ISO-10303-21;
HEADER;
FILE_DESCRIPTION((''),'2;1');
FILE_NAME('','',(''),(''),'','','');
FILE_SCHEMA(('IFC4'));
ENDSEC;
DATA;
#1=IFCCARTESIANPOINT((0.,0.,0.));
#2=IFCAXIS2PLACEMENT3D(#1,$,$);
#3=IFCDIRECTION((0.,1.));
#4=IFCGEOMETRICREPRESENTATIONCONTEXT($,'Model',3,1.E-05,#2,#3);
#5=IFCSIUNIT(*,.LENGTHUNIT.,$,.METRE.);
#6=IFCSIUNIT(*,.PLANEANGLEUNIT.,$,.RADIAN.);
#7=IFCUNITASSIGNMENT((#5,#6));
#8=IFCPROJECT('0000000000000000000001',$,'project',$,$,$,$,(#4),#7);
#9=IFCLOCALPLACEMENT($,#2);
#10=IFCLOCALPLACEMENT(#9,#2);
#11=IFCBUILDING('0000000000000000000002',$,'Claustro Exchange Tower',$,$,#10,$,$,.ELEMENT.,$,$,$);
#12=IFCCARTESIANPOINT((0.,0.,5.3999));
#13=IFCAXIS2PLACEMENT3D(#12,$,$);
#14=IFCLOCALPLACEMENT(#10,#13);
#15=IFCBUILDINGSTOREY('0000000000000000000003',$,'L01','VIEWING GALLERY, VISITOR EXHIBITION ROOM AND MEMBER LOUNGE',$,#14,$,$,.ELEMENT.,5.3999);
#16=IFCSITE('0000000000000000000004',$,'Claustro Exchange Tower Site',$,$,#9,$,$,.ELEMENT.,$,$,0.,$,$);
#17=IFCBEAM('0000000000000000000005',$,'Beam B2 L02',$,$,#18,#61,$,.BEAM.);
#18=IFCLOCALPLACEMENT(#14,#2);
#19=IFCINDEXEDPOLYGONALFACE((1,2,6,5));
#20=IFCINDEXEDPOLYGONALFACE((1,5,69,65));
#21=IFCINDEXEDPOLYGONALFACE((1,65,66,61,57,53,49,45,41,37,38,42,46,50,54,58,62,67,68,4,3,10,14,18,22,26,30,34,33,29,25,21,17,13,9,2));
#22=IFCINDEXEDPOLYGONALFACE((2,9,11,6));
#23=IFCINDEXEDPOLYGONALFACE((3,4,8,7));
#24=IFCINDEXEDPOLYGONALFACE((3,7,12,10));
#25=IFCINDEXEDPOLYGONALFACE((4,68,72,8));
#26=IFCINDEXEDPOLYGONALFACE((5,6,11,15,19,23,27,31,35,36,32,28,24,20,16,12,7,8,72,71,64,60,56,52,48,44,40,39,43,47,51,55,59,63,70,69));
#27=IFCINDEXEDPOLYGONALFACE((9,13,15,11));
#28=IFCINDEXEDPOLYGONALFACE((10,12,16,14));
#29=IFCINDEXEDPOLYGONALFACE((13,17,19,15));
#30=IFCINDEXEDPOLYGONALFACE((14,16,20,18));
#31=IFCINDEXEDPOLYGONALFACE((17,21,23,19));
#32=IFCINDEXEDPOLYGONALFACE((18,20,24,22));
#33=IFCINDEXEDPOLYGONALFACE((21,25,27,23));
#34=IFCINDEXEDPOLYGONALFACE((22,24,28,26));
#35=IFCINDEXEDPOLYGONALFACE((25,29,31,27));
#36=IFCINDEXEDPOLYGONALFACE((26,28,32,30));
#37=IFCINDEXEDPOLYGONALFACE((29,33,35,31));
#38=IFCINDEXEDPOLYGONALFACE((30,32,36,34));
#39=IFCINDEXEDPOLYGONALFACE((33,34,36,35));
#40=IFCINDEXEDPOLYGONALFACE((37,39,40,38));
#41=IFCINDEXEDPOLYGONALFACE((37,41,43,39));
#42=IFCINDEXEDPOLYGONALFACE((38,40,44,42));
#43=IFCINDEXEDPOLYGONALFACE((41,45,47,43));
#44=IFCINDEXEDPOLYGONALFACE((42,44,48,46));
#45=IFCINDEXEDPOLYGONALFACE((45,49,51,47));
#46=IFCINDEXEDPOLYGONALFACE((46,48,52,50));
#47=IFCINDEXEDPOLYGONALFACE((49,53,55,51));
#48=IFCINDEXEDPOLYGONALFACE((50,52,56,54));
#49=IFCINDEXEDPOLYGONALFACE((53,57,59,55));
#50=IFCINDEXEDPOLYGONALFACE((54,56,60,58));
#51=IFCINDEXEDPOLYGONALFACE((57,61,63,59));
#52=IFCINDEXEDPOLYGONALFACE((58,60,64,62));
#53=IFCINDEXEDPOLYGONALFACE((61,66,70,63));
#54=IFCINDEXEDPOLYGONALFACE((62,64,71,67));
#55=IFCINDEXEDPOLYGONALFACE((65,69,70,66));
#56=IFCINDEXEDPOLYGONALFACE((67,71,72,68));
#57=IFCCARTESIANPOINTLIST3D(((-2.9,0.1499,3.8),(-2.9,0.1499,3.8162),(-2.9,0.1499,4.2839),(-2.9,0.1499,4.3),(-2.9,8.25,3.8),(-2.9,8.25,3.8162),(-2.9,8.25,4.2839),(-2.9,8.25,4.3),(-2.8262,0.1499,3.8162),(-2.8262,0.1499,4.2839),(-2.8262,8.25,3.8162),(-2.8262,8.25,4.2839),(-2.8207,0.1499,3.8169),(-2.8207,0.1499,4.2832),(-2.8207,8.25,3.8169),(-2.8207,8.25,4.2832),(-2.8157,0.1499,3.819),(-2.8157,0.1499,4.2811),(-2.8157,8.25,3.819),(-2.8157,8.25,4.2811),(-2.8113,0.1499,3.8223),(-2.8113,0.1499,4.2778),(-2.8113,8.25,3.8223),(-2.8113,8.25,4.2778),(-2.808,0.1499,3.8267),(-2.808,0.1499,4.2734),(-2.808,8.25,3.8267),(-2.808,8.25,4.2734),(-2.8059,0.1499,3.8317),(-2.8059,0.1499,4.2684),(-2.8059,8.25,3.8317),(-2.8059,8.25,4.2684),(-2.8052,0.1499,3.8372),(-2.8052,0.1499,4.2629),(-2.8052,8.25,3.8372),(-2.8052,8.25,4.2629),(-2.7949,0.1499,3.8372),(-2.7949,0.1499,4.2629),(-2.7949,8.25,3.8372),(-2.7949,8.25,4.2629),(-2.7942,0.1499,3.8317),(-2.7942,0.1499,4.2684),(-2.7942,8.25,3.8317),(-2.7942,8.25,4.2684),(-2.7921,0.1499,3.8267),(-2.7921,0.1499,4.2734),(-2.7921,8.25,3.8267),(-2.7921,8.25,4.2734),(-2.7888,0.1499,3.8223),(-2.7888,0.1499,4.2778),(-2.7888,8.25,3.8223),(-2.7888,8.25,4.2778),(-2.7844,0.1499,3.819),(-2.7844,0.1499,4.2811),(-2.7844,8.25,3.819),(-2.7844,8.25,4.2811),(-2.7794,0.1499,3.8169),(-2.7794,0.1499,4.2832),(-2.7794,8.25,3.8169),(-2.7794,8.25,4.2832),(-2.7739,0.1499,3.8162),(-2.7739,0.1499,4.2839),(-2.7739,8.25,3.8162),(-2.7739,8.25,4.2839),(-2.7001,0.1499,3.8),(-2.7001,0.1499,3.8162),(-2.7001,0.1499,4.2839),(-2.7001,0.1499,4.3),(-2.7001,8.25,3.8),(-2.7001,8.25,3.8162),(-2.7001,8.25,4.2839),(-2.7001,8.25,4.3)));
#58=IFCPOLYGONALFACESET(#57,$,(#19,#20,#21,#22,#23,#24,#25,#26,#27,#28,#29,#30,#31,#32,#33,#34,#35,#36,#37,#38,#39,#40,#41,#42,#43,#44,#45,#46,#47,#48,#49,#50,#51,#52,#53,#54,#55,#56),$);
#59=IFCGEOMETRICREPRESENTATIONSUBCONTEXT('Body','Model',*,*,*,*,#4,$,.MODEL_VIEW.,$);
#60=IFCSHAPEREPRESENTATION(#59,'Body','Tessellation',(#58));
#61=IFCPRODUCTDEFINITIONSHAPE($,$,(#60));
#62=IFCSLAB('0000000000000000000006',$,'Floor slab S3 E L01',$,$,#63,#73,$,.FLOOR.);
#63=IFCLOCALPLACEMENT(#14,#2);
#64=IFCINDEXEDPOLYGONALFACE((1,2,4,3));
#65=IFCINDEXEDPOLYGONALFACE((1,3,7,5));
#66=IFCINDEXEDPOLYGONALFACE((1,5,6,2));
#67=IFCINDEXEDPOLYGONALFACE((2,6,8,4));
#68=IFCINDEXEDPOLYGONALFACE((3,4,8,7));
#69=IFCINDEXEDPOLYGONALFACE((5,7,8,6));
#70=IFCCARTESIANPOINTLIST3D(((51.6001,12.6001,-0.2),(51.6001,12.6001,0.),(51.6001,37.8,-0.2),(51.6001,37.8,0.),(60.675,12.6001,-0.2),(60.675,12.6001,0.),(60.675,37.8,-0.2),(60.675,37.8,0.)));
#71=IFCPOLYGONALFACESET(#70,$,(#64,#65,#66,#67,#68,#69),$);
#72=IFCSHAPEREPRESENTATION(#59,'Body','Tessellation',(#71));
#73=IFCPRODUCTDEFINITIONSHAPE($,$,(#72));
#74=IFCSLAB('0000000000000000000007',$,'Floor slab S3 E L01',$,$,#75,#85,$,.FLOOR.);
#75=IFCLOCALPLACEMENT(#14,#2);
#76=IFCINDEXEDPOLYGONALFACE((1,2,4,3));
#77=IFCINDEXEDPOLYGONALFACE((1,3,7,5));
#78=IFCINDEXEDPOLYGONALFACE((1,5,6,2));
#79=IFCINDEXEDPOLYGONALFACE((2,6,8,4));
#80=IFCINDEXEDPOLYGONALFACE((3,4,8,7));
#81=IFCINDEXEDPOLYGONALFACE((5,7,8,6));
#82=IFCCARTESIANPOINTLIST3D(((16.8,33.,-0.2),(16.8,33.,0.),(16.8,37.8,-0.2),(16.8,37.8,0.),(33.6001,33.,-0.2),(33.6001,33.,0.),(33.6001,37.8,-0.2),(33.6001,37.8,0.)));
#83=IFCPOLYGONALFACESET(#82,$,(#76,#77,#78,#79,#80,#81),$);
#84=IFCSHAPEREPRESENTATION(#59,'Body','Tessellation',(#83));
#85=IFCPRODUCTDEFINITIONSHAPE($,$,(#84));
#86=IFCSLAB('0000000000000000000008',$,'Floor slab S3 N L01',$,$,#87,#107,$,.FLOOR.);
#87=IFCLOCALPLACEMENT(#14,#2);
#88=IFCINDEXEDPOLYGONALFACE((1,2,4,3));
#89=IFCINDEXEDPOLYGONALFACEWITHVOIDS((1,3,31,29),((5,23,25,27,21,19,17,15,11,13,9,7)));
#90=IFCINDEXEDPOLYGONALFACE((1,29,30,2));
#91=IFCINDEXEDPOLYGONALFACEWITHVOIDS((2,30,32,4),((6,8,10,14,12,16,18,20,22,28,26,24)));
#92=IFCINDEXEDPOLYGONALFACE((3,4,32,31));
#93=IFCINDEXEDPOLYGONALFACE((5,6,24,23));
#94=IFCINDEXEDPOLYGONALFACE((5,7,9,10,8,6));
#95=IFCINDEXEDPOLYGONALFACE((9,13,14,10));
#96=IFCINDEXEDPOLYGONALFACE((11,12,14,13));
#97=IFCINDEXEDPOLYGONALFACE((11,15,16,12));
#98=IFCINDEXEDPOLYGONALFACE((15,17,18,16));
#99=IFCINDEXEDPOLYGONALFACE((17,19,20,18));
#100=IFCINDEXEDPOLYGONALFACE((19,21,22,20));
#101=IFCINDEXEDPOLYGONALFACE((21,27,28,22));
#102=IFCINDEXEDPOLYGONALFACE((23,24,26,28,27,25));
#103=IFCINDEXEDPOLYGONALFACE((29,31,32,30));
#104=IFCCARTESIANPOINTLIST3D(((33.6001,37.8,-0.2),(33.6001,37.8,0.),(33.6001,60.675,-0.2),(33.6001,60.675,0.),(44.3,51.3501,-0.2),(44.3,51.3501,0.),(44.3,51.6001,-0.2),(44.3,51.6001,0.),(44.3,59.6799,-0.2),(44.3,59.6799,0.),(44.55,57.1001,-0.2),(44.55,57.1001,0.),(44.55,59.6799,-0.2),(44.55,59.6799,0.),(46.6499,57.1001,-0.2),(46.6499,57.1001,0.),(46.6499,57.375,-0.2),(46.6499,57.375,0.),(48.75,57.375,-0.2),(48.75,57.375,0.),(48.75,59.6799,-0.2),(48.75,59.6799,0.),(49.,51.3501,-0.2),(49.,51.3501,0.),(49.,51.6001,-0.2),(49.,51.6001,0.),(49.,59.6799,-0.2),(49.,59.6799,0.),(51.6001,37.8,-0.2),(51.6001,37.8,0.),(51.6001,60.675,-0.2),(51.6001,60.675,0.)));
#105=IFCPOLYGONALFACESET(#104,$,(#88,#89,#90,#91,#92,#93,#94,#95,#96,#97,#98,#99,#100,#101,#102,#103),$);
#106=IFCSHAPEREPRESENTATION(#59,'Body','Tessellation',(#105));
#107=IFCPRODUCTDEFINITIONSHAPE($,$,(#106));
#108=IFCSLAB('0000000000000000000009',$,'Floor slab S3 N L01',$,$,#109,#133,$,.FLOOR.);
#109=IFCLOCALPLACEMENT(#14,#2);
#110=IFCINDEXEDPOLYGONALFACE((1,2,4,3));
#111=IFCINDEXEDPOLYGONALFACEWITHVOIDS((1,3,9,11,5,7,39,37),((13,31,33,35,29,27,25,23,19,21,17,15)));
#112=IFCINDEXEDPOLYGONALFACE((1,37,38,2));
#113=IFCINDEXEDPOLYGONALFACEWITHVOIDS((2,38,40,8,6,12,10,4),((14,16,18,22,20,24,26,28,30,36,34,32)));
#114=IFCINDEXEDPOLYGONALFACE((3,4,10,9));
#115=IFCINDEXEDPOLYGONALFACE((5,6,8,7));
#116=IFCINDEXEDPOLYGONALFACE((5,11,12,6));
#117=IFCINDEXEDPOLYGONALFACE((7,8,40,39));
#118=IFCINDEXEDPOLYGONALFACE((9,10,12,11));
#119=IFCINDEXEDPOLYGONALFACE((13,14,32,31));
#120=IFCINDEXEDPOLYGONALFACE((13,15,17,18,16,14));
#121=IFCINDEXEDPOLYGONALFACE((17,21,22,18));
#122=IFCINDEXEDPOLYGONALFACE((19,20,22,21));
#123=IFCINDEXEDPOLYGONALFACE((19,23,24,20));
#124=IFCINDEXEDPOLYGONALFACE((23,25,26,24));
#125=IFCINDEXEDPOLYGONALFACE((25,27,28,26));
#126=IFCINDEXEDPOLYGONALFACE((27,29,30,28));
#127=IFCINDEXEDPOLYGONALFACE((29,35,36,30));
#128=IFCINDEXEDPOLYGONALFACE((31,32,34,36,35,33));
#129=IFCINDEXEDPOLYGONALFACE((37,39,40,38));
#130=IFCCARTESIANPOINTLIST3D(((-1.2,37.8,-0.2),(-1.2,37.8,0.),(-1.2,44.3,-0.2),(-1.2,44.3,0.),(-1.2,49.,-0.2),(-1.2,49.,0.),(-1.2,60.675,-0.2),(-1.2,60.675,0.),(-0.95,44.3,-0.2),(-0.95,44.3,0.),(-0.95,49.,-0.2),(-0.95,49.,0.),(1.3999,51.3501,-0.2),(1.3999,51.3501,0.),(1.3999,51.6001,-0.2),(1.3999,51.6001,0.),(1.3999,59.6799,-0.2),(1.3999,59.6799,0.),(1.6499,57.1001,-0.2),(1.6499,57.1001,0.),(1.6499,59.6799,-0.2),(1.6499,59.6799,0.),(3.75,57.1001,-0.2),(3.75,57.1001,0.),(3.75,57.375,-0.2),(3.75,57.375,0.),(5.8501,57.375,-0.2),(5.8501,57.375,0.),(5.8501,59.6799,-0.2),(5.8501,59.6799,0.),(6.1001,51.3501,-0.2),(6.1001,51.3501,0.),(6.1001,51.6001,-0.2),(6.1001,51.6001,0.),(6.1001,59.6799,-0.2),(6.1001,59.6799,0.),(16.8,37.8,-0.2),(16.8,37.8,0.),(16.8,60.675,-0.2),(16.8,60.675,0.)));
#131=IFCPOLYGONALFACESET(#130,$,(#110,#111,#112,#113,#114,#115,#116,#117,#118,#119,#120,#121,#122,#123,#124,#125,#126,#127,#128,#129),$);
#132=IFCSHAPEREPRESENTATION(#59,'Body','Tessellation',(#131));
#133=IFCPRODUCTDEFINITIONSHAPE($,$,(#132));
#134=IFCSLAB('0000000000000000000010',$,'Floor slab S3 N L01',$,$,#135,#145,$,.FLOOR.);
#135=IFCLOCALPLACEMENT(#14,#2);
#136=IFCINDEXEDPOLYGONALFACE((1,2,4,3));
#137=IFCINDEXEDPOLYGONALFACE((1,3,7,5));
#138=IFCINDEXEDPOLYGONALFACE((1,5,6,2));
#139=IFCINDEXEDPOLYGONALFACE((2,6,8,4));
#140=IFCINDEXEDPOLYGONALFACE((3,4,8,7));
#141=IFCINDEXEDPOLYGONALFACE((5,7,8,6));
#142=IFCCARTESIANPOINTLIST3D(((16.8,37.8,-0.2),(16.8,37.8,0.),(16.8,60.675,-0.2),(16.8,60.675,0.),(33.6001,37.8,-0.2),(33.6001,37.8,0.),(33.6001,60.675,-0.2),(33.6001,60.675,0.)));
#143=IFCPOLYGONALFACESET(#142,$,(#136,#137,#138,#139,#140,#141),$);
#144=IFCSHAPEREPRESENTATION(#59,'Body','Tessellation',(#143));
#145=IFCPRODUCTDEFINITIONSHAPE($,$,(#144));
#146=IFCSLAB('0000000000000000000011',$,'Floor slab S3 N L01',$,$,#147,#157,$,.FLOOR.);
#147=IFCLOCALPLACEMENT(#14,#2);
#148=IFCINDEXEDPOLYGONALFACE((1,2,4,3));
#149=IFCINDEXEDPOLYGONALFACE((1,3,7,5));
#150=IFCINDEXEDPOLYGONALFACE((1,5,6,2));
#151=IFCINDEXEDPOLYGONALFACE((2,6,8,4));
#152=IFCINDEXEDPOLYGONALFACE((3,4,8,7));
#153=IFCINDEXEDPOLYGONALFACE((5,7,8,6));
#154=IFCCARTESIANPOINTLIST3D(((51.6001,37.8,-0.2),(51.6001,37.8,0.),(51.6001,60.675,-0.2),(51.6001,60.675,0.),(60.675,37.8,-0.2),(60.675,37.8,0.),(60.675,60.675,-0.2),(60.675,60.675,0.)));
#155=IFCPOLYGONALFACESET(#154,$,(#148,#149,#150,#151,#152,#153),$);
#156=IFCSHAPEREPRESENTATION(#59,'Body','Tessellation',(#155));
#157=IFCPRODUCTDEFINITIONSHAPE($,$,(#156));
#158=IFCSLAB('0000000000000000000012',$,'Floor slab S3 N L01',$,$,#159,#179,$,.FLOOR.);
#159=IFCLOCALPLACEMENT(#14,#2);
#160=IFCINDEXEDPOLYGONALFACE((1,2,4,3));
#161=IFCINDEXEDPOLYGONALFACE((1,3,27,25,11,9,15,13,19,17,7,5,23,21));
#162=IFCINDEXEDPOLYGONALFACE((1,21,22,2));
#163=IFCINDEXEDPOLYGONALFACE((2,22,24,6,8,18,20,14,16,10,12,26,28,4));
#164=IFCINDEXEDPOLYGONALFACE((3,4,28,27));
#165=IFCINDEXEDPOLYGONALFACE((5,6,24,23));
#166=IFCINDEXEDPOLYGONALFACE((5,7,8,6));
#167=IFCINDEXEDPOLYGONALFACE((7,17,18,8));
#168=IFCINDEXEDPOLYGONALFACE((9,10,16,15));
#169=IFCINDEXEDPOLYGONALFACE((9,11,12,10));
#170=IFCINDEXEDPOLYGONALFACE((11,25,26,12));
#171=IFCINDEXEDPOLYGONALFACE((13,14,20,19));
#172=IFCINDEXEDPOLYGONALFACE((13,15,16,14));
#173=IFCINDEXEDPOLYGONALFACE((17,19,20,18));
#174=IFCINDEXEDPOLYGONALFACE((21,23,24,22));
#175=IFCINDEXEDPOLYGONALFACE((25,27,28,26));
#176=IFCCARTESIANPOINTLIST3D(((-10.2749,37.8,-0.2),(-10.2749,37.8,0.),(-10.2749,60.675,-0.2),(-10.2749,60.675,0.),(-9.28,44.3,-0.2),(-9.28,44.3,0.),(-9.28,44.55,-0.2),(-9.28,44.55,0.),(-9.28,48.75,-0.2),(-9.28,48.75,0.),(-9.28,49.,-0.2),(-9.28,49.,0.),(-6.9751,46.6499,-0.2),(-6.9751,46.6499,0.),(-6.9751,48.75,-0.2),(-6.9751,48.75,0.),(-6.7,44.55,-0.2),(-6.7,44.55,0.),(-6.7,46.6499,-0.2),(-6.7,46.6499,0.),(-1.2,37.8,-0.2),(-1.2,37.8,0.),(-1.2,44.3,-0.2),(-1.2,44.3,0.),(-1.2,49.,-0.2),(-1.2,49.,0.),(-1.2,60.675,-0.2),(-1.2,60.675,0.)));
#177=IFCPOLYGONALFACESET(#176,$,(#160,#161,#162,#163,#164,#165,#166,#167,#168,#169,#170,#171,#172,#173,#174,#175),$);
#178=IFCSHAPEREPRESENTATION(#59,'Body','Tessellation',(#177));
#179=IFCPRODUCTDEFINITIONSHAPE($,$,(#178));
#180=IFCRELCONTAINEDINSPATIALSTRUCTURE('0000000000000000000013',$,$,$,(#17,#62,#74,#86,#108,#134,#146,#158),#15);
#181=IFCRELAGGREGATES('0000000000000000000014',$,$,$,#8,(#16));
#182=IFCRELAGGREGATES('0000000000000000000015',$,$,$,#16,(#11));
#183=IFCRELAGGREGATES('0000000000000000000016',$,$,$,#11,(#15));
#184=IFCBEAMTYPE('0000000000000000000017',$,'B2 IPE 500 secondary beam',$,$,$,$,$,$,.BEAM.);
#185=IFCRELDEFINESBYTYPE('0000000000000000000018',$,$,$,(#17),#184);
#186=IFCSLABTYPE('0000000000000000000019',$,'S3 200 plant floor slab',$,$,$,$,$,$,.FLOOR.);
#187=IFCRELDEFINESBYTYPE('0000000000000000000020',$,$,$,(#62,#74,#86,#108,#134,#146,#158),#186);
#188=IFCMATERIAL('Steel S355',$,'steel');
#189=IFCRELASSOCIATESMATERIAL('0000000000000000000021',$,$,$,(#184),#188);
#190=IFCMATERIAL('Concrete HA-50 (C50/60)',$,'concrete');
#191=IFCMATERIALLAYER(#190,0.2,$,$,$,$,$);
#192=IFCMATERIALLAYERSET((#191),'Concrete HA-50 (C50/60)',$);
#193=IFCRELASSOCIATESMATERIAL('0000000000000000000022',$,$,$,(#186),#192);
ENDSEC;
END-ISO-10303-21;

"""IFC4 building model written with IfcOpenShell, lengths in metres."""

from ifc_helpers import new_model, si_unit, direction, frame, origin, origin_2d, place, context, subcontext, project, spatial, polyline, i_section, outline, extrude, material, layer, layer_set, material_profile, profile_set, type_object, element, save


model = new_model("IFC4")

# Units and contexts
model_context = context("Model", 3, precision=1e-05, world=origin(), true_north=direction((0.0, 1.0)))
body_context = subcontext(model_context, "Body", "Model", "MODEL_VIEW")
ifc_project = project(units=[si_unit("LENGTHUNIT", "METRE"), si_unit("PLANEANGLEUNIT", "RADIAN")], contexts=[model_context])

# Site, building, storey
site_placement = place(None, origin())
site = spatial("IfcSite", under=ifc_project, at=site_placement, Name="Claustro Exchange Tower Site", CompositionType="ELEMENT", RefElevation=0.0)
building_placement = place(site_placement, origin())
building = spatial("IfcBuilding", under=site, at=building_placement, Name="Claustro Exchange Tower", CompositionType="ELEMENT")
storey_placement = place(building_placement, frame((0.0, 0.0, 5.3999)))
storey = spatial("IfcBuildingStorey", under=building, at=storey_placement, Name="L01", Description="VIEWING GALLERY, VISITOR EXHIBITION ROOM AND MEMBER LOUNGE", CompositionType="ELEMENT", Elevation=5.3999)

# Beam
ifc_material_1 = material(Name="Steel S355", Category="steel")
ifc_material_profile_1 = material_profile(ifc_material_1, i_section(OverallWidth=0.2, OverallDepth=0.5, WebThickness=0.0103, FlangeThickness=0.0161, FilletRadius=0.021, at=origin_2d()), Name="IPE 500")
ifc_profile_set_1 = profile_set([ifc_material_profile_1], Name="Steel S355")
beam_type_1 = type_object("IfcBeamType", Name="B2 IPE 500 secondary beam", PredefinedType="BEAM", material=ifc_profile_set_1)
for number, where, z_axis, x_axis, name in (
    (1, (-2.8, 0.1499, 4.05), (0.0, 1.0, 0.0), (-1.0, 0.0, 0.0), "Beam B2 L02"),
):
    element("IfcBeam", number, at=place(storey_placement, frame(where, z_axis=z_axis, x_axis=x_axis)), inside=storey, type_object=beam_type_1, Name=name, PredefinedType="BEAM", context=body_context, shape_type="SweptSolid", body=[
        extrude(i_section(OverallWidth=0.2, OverallDepth=0.5, WebThickness=0.0103, FlangeThickness=0.0161, FilletRadius=0.021, at=origin_2d()), origin(), (0.0, 0.0, 1.0), 8.1001),
    ])

# Slabs
ifc_material_2 = material(Name="Concrete HA-50 (C50/60)", Category="concrete")
ifc_layer_1 = layer(ifc_material_2, 0.2)
ifc_layer_set_1 = layer_set([ifc_layer_1], Name="Concrete HA-50 (C50/60)")
slab_type_1 = type_object("IfcSlabType", Name="S3 200 plant floor slab", PredefinedType="FLOOR", material=ifc_layer_set_1)
slab_1_placement = place(storey_placement, frame((0.0, 0.0, -0.2)))
element("IfcSlab", 2, at=slab_1_placement, inside=storey, type_object=slab_type_1, Name="Floor slab S3 E L01", PredefinedType="FLOOR", context=body_context, shape_type="SweptSolid", body=[
    extrude(outline(polyline([(60.675, 12.6001), (60.675, 37.8), (51.6001, 37.8), (51.6001, 12.6001), (60.675, 12.6001)])), origin(), (0.0, 0.0, 1.0), 0.2),
])
slab_2_placement = place(storey_placement, frame((0.0, 0.0, -0.2)))
element("IfcSlab", 3, at=slab_2_placement, inside=storey, type_object=slab_type_1, Name="Floor slab S3 E L01", PredefinedType="FLOOR", context=body_context, shape_type="SweptSolid", body=[
    extrude(outline(polyline([(33.6001, 33.0), (33.6001, 37.8), (16.8, 37.8), (16.8, 33.0), (33.6001, 33.0)])), origin(), (0.0, 0.0, 1.0), 0.2),
])
slab_3_placement = place(storey_placement, frame((0.0, 0.0, -0.2)))
element("IfcSlab", 4, at=slab_3_placement, inside=storey, type_object=slab_type_1, Name="Floor slab S3 N L01", PredefinedType="FLOOR", context=body_context, shape_type="SweptSolid", body=[
    extrude(outline(polyline([(51.6001, 60.675), (33.6001, 60.675), (33.6001, 37.8), (51.6001, 37.8), (51.6001, 60.675)]), holes=[polyline([(48.75, 59.6799), (49.0, 59.6799), (49.0, 51.6001), (49.0, 51.3501), (44.3, 51.3501), (44.3, 51.6001), (44.3, 59.6799), (44.55, 59.6799), (44.55, 57.1001), (46.6499, 57.1001), (46.6499, 57.375), (48.75, 57.375), (48.75, 59.6799)])]), origin(), (0.0, 0.0, 1.0), 0.2),
])
slab_4_placement = place(storey_placement, frame((0.0, 0.0, -0.2)))
element("IfcSlab", 5, at=slab_4_placement, inside=storey, type_object=slab_type_1, Name="Floor slab S3 N L01", PredefinedType="FLOOR", context=body_context, shape_type="SweptSolid", body=[
    extrude(outline(polyline([(16.8, 60.675), (-1.2, 60.675), (-1.2, 49.0), (-0.95, 49.0), (-0.95, 44.3), (-1.2, 44.3), (-1.2, 37.8), (16.8, 37.8), (16.8, 60.675)]), holes=[polyline([(5.8501, 59.6799), (6.1001, 59.6799), (6.1001, 51.6001), (6.1001, 51.3501), (1.3999, 51.3501), (1.3999, 51.6001), (1.3999, 59.6799), (1.6499, 59.6799), (1.6499, 57.1001), (3.75, 57.1001), (3.75, 57.375), (5.8501, 57.375), (5.8501, 59.6799)])]), origin(), (0.0, 0.0, 1.0), 0.2),
])
slab_5_placement = place(storey_placement, frame((0.0, 0.0, -0.2)))
element("IfcSlab", 6, at=slab_5_placement, inside=storey, type_object=slab_type_1, Name="Floor slab S3 N L01", PredefinedType="FLOOR", context=body_context, shape_type="SweptSolid", body=[
    extrude(outline(polyline([(33.6001, 60.675), (16.8, 60.675), (16.8, 37.8), (33.6001, 37.8), (33.6001, 60.675)])), origin(), (0.0, 0.0, 1.0), 0.2),
])
slab_6_placement = place(storey_placement, frame((0.0, 0.0, -0.2)))
element("IfcSlab", 7, at=slab_6_placement, inside=storey, type_object=slab_type_1, Name="Floor slab S3 N L01", PredefinedType="FLOOR", context=body_context, shape_type="SweptSolid", body=[
    extrude(outline(polyline([(60.675, 37.8), (60.675, 60.675), (51.6001, 60.675), (51.6001, 37.8), (60.675, 37.8)])), origin(), (0.0, 0.0, 1.0), 0.2),
])
slab_7_placement = place(storey_placement, frame((0.0, 0.0, -0.2)))
element("IfcSlab", 8, at=slab_7_placement, inside=storey, type_object=slab_type_1, Name="Floor slab S3 N L01", PredefinedType="FLOOR", context=body_context, shape_type="SweptSolid", body=[
    extrude(outline(polyline([(-10.2749, 60.675), (-10.2749, 37.8), (-1.2, 37.8), (-1.2, 44.3), (-9.28, 44.3), (-9.28, 44.55), (-6.7, 44.55), (-6.7, 46.6499), (-6.9751, 46.6499), (-6.9751, 48.75), (-9.28, 48.75), (-9.28, 49.0), (-1.2, 49.0), (-1.2, 60.675), (-10.2749, 60.675)])), origin(), (0.0, 0.0, 1.0), 0.2),
])

save(model, "model.ifc")
